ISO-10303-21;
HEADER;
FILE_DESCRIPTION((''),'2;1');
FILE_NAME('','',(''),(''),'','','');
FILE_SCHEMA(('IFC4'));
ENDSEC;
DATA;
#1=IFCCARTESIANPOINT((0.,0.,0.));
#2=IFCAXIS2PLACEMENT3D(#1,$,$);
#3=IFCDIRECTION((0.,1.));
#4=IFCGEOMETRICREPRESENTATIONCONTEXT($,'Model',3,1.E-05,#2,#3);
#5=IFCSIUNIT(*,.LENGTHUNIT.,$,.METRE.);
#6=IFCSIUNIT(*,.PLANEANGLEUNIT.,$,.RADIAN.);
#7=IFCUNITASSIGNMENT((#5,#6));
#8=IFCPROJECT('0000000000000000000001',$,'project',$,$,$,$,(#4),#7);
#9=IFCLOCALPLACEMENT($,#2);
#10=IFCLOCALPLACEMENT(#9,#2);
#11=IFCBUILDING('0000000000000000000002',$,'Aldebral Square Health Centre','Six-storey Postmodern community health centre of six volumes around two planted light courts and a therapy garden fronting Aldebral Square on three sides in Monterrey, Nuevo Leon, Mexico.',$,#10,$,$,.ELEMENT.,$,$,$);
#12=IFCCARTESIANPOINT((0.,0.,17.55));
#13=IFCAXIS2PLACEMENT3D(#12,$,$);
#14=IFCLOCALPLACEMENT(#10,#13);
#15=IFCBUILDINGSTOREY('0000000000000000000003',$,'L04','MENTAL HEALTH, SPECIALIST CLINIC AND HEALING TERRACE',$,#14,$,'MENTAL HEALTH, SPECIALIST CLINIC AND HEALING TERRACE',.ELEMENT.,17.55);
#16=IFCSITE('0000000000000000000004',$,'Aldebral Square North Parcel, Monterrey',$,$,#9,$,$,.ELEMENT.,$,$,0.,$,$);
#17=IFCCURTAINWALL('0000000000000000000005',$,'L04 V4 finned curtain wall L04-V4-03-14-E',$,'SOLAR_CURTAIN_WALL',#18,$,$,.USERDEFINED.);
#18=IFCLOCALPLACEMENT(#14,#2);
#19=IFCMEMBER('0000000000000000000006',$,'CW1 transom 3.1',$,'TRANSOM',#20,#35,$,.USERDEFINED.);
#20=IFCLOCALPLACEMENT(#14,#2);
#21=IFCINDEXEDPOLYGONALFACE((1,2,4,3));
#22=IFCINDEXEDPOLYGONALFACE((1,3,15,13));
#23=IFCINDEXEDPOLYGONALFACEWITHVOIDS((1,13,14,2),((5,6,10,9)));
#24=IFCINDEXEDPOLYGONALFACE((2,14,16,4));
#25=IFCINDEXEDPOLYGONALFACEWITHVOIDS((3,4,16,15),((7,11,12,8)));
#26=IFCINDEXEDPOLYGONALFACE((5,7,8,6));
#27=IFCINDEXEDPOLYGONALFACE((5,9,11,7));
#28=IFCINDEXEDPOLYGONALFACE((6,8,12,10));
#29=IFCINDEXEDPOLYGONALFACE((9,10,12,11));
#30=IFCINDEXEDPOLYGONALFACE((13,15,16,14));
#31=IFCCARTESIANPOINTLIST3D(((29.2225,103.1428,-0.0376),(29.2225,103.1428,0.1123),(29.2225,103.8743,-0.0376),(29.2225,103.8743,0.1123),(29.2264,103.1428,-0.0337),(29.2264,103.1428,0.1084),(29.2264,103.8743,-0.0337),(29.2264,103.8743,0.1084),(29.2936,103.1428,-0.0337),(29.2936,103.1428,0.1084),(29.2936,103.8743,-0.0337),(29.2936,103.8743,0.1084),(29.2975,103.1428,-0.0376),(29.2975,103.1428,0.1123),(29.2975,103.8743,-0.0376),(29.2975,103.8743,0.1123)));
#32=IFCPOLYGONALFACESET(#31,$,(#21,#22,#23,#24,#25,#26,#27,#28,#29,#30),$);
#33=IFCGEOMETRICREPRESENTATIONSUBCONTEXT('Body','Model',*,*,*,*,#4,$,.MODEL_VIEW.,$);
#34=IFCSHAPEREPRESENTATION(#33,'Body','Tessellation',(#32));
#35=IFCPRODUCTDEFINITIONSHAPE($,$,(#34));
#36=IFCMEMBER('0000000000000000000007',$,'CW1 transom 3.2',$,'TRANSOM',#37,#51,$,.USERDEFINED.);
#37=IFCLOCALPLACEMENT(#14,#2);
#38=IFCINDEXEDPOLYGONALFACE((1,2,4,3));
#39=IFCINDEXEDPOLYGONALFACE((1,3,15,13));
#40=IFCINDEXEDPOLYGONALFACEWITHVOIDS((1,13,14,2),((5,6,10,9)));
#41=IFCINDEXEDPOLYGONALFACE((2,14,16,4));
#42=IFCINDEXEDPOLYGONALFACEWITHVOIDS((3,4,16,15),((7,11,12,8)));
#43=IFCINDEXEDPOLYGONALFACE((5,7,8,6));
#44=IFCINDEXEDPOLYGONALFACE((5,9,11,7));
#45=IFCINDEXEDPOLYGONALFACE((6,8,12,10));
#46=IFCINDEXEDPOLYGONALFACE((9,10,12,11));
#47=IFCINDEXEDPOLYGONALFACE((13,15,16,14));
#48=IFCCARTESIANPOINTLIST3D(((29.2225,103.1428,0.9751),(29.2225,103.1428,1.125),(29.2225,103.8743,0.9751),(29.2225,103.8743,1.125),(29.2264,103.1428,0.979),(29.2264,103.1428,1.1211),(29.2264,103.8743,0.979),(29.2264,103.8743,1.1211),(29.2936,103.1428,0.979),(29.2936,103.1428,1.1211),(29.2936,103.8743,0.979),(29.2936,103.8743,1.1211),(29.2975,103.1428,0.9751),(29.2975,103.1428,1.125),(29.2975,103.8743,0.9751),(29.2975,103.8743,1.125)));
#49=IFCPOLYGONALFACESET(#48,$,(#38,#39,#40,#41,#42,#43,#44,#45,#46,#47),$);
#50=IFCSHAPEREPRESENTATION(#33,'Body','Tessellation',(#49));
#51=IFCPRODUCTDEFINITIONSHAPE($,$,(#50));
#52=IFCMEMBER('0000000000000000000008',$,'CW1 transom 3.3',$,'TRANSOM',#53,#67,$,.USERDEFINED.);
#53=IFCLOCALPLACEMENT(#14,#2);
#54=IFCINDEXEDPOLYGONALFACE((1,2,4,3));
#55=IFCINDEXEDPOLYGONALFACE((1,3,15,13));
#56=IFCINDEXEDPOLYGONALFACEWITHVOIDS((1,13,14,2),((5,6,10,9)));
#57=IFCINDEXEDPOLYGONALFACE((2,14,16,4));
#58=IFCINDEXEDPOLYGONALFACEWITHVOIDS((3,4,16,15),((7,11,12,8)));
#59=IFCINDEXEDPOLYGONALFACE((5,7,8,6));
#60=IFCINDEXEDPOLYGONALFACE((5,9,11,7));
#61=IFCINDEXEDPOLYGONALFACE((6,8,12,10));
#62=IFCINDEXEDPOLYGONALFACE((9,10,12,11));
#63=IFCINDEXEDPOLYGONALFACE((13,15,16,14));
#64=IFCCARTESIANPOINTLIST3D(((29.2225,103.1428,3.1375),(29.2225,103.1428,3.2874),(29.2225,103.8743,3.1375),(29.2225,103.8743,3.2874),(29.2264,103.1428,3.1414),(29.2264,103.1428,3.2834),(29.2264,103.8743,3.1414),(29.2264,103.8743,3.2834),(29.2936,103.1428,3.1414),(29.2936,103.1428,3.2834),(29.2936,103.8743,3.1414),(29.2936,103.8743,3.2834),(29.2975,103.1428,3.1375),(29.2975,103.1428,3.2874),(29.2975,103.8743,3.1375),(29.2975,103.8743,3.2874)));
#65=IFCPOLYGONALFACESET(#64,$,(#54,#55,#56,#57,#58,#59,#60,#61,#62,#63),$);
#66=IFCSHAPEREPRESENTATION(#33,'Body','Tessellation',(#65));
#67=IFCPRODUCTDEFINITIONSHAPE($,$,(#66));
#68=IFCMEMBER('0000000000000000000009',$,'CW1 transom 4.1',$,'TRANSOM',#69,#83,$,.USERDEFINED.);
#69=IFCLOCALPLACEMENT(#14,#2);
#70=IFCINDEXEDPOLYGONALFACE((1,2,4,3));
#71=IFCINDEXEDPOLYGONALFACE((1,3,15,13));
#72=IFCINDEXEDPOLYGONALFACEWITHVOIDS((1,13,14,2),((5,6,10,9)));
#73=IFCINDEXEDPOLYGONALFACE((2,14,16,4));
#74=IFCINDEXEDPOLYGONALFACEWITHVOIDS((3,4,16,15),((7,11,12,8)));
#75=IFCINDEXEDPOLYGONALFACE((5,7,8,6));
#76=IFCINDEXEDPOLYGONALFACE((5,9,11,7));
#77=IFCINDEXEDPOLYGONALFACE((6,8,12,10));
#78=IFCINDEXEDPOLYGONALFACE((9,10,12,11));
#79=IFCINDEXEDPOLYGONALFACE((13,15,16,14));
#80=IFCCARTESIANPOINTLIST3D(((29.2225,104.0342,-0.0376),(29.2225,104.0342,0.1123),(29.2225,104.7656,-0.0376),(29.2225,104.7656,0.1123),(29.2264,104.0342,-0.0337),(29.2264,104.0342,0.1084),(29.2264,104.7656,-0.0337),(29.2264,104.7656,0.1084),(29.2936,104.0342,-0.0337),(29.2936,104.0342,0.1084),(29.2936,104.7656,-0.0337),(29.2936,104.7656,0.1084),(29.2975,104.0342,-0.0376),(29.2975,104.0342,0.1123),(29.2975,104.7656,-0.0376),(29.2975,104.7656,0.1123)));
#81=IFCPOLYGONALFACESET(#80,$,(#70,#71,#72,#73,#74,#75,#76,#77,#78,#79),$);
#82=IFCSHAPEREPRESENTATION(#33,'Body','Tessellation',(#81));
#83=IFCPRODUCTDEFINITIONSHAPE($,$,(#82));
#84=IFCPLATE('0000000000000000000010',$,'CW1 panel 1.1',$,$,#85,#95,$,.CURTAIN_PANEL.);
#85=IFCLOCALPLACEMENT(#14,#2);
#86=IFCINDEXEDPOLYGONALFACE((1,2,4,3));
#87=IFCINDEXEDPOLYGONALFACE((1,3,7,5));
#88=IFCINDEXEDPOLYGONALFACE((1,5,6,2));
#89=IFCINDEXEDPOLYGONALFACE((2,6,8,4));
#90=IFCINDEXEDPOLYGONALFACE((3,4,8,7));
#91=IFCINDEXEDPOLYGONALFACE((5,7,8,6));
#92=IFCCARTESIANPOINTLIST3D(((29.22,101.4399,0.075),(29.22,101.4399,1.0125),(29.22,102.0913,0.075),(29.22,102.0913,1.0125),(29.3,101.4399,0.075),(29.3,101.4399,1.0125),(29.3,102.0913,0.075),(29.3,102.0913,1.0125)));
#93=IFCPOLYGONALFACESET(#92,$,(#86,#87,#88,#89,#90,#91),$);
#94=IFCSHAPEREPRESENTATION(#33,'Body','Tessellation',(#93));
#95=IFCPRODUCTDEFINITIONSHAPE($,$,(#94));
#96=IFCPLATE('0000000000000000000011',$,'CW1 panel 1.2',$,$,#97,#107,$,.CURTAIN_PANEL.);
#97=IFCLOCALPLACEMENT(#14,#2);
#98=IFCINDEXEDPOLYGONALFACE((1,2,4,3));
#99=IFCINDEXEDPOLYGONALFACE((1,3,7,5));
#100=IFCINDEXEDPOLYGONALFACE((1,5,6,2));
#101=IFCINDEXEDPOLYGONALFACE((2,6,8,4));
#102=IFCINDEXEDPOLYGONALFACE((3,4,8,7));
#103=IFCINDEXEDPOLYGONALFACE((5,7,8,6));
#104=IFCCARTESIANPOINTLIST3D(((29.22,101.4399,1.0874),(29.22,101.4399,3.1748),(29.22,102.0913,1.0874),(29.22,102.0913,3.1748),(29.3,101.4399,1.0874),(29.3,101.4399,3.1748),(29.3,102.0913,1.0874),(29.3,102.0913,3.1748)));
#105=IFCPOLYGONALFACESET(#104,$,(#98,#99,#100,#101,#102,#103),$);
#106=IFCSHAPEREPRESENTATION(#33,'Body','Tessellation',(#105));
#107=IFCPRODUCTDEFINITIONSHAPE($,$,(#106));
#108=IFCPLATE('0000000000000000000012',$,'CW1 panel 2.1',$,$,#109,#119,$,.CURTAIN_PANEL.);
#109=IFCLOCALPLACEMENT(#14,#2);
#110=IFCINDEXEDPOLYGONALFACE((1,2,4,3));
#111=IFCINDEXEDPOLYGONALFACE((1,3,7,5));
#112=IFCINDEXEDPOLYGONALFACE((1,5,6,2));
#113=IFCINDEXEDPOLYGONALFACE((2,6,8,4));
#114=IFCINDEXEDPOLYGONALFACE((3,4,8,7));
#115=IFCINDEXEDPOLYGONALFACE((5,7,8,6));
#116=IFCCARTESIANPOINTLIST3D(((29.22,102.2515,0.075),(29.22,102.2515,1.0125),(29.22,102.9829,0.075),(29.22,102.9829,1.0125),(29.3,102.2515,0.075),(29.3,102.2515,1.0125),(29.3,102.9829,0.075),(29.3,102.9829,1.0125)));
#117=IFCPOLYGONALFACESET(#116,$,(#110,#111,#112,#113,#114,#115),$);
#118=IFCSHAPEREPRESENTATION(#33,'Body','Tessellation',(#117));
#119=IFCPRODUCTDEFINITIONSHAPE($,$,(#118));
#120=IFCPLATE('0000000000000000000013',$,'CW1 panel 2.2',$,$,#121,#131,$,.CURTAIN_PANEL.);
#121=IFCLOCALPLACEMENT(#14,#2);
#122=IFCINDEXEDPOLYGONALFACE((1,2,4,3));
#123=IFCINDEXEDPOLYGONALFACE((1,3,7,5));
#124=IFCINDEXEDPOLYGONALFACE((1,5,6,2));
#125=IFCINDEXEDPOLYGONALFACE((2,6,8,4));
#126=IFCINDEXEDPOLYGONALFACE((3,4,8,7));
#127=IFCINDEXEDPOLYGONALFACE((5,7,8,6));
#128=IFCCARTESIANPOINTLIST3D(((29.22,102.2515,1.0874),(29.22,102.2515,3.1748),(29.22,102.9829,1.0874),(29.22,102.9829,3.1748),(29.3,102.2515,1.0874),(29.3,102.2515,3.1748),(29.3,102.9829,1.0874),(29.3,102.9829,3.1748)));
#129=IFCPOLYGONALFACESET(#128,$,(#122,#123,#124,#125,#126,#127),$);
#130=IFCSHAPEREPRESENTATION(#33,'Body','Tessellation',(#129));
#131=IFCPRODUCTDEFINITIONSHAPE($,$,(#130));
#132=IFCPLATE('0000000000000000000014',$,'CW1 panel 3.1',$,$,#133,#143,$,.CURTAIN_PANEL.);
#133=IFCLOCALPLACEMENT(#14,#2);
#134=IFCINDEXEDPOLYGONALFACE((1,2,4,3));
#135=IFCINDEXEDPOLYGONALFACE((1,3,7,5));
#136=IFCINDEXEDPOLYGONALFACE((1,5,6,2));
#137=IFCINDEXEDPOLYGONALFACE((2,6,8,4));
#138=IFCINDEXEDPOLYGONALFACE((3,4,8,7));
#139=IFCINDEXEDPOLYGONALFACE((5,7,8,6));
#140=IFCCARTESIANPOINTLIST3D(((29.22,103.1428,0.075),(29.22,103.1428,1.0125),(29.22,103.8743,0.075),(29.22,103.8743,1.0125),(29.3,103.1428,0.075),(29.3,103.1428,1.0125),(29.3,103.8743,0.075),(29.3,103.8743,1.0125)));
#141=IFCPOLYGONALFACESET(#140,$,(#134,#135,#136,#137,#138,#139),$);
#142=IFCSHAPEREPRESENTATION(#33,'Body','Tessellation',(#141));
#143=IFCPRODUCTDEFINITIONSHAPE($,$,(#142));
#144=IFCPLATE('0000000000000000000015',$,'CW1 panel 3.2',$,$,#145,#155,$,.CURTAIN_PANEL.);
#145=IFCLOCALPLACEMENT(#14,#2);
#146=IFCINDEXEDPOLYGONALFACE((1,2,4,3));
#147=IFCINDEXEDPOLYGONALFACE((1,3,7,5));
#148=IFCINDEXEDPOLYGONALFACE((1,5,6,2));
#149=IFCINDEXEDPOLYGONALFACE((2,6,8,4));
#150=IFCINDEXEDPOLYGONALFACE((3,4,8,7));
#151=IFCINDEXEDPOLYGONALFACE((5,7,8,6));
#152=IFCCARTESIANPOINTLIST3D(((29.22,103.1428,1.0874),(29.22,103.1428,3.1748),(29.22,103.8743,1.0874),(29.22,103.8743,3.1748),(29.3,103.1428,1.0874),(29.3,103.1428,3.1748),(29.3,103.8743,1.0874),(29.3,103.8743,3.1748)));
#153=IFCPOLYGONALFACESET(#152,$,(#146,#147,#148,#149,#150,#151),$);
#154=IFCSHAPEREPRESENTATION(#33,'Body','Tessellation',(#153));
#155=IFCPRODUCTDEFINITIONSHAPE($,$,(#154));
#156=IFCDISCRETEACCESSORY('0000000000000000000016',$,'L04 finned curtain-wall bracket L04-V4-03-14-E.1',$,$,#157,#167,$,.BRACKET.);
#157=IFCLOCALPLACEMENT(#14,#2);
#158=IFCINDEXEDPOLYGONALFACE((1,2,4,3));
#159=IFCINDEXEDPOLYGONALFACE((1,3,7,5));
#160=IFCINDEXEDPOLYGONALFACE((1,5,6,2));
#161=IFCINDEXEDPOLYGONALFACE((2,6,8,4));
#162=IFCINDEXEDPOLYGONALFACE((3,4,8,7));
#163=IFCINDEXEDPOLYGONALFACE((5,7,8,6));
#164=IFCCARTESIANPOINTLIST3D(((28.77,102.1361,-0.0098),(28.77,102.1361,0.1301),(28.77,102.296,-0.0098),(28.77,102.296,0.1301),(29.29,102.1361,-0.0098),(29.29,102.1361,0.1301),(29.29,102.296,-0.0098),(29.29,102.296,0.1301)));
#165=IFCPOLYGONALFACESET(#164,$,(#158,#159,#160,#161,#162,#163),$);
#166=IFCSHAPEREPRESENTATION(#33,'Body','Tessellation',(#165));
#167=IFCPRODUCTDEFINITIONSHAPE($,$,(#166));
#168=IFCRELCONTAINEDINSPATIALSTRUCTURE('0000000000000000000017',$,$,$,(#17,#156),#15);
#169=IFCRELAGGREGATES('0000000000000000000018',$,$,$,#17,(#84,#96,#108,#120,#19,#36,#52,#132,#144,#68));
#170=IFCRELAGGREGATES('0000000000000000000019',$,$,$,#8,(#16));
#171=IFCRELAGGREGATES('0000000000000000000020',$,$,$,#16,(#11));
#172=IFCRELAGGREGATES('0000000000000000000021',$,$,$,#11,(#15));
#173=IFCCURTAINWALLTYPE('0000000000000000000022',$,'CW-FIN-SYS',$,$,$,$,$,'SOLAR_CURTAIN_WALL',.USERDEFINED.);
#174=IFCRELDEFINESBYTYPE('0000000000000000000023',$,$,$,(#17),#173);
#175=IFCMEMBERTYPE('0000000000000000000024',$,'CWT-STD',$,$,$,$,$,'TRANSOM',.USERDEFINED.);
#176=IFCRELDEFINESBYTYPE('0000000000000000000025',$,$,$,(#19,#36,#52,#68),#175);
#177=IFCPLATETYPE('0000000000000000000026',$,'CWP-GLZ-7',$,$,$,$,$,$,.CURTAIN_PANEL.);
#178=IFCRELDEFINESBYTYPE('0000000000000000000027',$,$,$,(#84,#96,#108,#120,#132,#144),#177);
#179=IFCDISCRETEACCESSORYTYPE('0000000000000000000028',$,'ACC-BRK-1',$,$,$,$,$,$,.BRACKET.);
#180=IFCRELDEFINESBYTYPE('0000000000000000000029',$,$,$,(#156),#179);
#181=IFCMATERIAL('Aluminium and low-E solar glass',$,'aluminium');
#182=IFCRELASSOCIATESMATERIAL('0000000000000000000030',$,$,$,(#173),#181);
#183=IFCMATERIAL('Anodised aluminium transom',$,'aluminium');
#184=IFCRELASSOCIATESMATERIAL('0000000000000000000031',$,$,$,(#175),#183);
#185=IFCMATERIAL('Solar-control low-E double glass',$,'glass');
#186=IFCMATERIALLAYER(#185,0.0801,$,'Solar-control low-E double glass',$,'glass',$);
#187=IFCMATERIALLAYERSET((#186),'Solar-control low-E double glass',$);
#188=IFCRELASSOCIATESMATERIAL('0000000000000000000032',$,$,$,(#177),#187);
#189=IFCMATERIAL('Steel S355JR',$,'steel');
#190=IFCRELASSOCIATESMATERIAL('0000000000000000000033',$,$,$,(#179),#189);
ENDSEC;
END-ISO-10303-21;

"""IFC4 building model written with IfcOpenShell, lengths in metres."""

from ifc_helpers import new_model, si_unit, direction, frame, origin, origin_2d, place, context, subcontext, project, spatial, rectangle, hollow_rectangle, extrude, material, layer, layer_set, material_profile, profile_set, type_object, element, aggregate, save


model = new_model("IFC4")

# Units and contexts
model_context = context("Model", 3, precision=1e-05, world=origin(), true_north=direction((0.0, 1.0)))
body_context = subcontext(model_context, "Body", "Model", "MODEL_VIEW")
ifc_project = project(units=[si_unit("LENGTHUNIT", "METRE"), si_unit("PLANEANGLEUNIT", "RADIAN")], contexts=[model_context])

# Site, building, storey
site_placement = place(None, origin())
site = spatial("IfcSite", under=ifc_project, at=site_placement, Name="Aldebral Square North Parcel, Monterrey", CompositionType="ELEMENT", RefElevation=0.0)
building_placement = place(site_placement, origin())
building = spatial("IfcBuilding", under=site, at=building_placement, Name="Aldebral Square Health Centre", Description="Six-storey Postmodern community health centre of six volumes around two planted light courts and a therapy garden fronting Aldebral Square on three sides in Monterrey, Nuevo Leon, Mexico.", CompositionType="ELEMENT")
storey_placement = place(building_placement, frame((0.0, 0.0, 17.55)))
storey = spatial("IfcBuildingStorey", under=building, at=storey_placement, Name="L04", Description="MENTAL HEALTH, SPECIALIST CLINIC AND HEALING TERRACE", LongName="MENTAL HEALTH, SPECIALIST CLINIC AND HEALING TERRACE", CompositionType="ELEMENT", Elevation=17.55)

# Curtain wall, members, plates
ifc_material_1 = material(Name="Aluminium and low-E solar glass", Category="aluminium")
curtain_wall_type = type_object("IfcCurtainWallType", Name="CW-FIN-SYS", ElementType="SOLAR_CURTAIN_WALL", PredefinedType="USERDEFINED", material=ifc_material_1)
curtain_wall_placement = place(storey_placement, origin())
curtain_wall = element("IfcCurtainWall", 1, at=curtain_wall_placement, inside=storey, type_object=curtain_wall_type, Name="L04 V4 finned curtain wall L04-V4-03-14-E", ObjectType="SOLAR_CURTAIN_WALL", PredefinedType="USERDEFINED")
ifc_material_2 = material(Name="Anodised aluminium transom", Category="aluminium")
ifc_material_profile_1 = material_profile(ifc_material_2, hollow_rectangle(XDim=0.075, YDim=0.1499, WallThickness=0.0039, at=origin_2d()), Name="CWT 75x150x4")
ifc_profile_set_1 = profile_set([ifc_material_profile_1], Name="Anodised aluminium transom")
member_type_1 = type_object("IfcMemberType", Name="CWT-STD", ElementType="TRANSOM", PredefinedType="USERDEFINED", material=ifc_profile_set_1)
member_1_placement = place(storey_placement, frame((29.26, 103.1428, 0.0374), z_axis=(0.0, 1.0, 0.0), x_axis=(-1.0, 0.0, 0.0)))
member_1 = element("IfcMember", 2, at=member_1_placement, type_object=member_type_1, Name="CW1 transom 3.1", ObjectType="TRANSOM", PredefinedType="USERDEFINED", context=body_context, shape_type="SweptSolid", body=[
    extrude(hollow_rectangle(XDim=0.075, YDim=0.1499, WallThickness=0.0039, at=origin_2d()), origin(), (0.0, 0.0, 1.0), 0.7314),
])
member_2_placement = place(storey_placement, frame((29.26, 103.1428, 1.05), z_axis=(0.0, 1.0, 0.0), x_axis=(-1.0, 0.0, 0.0)))
member_2 = element("IfcMember", 3, at=member_2_placement, type_object=member_type_1, Name="CW1 transom 3.2", ObjectType="TRANSOM", PredefinedType="USERDEFINED", context=body_context, shape_type="SweptSolid", body=[
    extrude(hollow_rectangle(XDim=0.075, YDim=0.1499, WallThickness=0.0039, at=origin_2d()), origin(), (0.0, 0.0, 1.0), 0.7314),
])
member_3_placement = place(storey_placement, frame((29.26, 103.1428, 3.2124), z_axis=(0.0, 1.0, 0.0), x_axis=(-1.0, 0.0, 0.0)))
member_3 = element("IfcMember", 4, at=member_3_placement, type_object=member_type_1, Name="CW1 transom 3.3", ObjectType="TRANSOM", PredefinedType="USERDEFINED", context=body_context, shape_type="SweptSolid", body=[
    extrude(hollow_rectangle(XDim=0.075, YDim=0.1499, WallThickness=0.0039, at=origin_2d()), origin(), (0.0, 0.0, 1.0), 0.7314),
])
member_4_placement = place(storey_placement, frame((29.26, 104.0342, 0.0374), z_axis=(0.0, 1.0, 0.0), x_axis=(-1.0, 0.0, 0.0)))
member_4 = element("IfcMember", 5, at=member_4_placement, type_object=member_type_1, Name="CW1 transom 4.1", ObjectType="TRANSOM", PredefinedType="USERDEFINED", context=body_context, shape_type="SweptSolid", body=[
    extrude(hollow_rectangle(XDim=0.075, YDim=0.1499, WallThickness=0.0039, at=origin_2d()), origin(), (0.0, 0.0, 1.0), 0.7314),
])
ifc_material_3 = material(Name="Solar-control low-E double glass", Category="glass")
ifc_layer = layer(ifc_material_3, 0.0801, Name="Solar-control low-E double glass", Category="glass")
ifc_layer_set = layer_set([ifc_layer], Name="Solar-control low-E double glass")
plate_type = type_object("IfcPlateType", Name="CWP-GLZ-7", PredefinedType="CURTAIN_PANEL", material=ifc_layer_set)
plate_1_placement = place(storey_placement, frame((29.26, 101.7656, 0.075), z_axis=(0.0, 0.0, 1.0), x_axis=(0.0, 1.0, 0.0)))
plate_1 = element("IfcPlate", 6, at=plate_1_placement, type_object=plate_type, Name="CW1 panel 1.1", PredefinedType="CURTAIN_PANEL", context=body_context, shape_type="SweptSolid", body=[
    extrude(rectangle(XDim=0.6514, YDim=0.0801, at=origin_2d()), origin(), (0.0, 0.0, 1.0), 0.9375),
])
plate_2_placement = place(storey_placement, frame((29.26, 101.7656, 1.0874), z_axis=(0.0, 0.0, 1.0), x_axis=(0.0, 1.0, 0.0)))
plate_2 = element("IfcPlate", 7, at=plate_2_placement, type_object=plate_type, Name="CW1 panel 1.2", PredefinedType="CURTAIN_PANEL", context=body_context, shape_type="SweptSolid", body=[
    extrude(rectangle(XDim=0.6514, YDim=0.0801, at=origin_2d()), origin(), (0.0, 0.0, 1.0), 2.0874),
])
plate_3_placement = place(storey_placement, frame((29.26, 102.6172, 0.075), z_axis=(0.0, 0.0, 1.0), x_axis=(0.0, 1.0, 0.0)))
plate_3 = element("IfcPlate", 8, at=plate_3_placement, type_object=plate_type, Name="CW1 panel 2.1", PredefinedType="CURTAIN_PANEL", context=body_context, shape_type="SweptSolid", body=[
    extrude(rectangle(XDim=0.7314, YDim=0.0801, at=origin_2d()), origin(), (0.0, 0.0, 1.0), 0.9375),
])
plate_4_placement = place(storey_placement, frame((29.26, 102.6172, 1.0874), z_axis=(0.0, 0.0, 1.0), x_axis=(0.0, 1.0, 0.0)))
plate_4 = element("IfcPlate", 9, at=plate_4_placement, type_object=plate_type, Name="CW1 panel 2.2", PredefinedType="CURTAIN_PANEL", context=body_context, shape_type="SweptSolid", body=[
    extrude(rectangle(XDim=0.7314, YDim=0.0801, at=origin_2d()), origin(), (0.0, 0.0, 1.0), 2.0874),
])
plate_5_placement = place(storey_placement, frame((29.26, 103.5085, 0.075), z_axis=(0.0, 0.0, 1.0), x_axis=(0.0, 1.0, 0.0)))
plate_5 = element("IfcPlate", 10, at=plate_5_placement, type_object=plate_type, Name="CW1 panel 3.1", PredefinedType="CURTAIN_PANEL", context=body_context, shape_type="SweptSolid", body=[
    extrude(rectangle(XDim=0.7314, YDim=0.0801, at=origin_2d()), origin(), (0.0, 0.0, 1.0), 0.9375),
])
plate_6_placement = place(storey_placement, frame((29.26, 103.5085, 1.0874), z_axis=(0.0, 0.0, 1.0), x_axis=(0.0, 1.0, 0.0)))
plate_6 = element("IfcPlate", 11, at=plate_6_placement, type_object=plate_type, Name="CW1 panel 3.2", PredefinedType="CURTAIN_PANEL", context=body_context, shape_type="SweptSolid", body=[
    extrude(rectangle(XDim=0.7314, YDim=0.0801, at=origin_2d()), origin(), (0.0, 0.0, 1.0), 2.0874),
])
aggregate(curtain_wall, [plate_1, plate_2, plate_3, plate_4, member_1, member_2, member_3, plate_5, plate_6, member_4])

# Discrete accessory
ifc_material_4 = material(Name="Steel S355JR", Category="steel")
discrete_accessory_type = type_object("IfcDiscreteAccessoryType", Name="ACC-BRK-1", PredefinedType="BRACKET", material=ifc_material_4)
discrete_accessory_placement = place(storey_placement, frame((29.03, 102.2161, -0.0098), z_axis=(0.0, 0.0, 1.0), x_axis=(0.0, 1.0, 0.0)))
element("IfcDiscreteAccessory", 12, at=discrete_accessory_placement, inside=storey, type_object=discrete_accessory_type, Name="L04 finned curtain-wall bracket L04-V4-03-14-E.1", PredefinedType="BRACKET", context=body_context, shape_type="SweptSolid", body=[
    extrude(rectangle(XDim=0.1599, YDim=0.52, at=origin_2d()), origin(), (0.0, 0.0, 1.0), 0.1399),
])

save(model, "model.ifc")
